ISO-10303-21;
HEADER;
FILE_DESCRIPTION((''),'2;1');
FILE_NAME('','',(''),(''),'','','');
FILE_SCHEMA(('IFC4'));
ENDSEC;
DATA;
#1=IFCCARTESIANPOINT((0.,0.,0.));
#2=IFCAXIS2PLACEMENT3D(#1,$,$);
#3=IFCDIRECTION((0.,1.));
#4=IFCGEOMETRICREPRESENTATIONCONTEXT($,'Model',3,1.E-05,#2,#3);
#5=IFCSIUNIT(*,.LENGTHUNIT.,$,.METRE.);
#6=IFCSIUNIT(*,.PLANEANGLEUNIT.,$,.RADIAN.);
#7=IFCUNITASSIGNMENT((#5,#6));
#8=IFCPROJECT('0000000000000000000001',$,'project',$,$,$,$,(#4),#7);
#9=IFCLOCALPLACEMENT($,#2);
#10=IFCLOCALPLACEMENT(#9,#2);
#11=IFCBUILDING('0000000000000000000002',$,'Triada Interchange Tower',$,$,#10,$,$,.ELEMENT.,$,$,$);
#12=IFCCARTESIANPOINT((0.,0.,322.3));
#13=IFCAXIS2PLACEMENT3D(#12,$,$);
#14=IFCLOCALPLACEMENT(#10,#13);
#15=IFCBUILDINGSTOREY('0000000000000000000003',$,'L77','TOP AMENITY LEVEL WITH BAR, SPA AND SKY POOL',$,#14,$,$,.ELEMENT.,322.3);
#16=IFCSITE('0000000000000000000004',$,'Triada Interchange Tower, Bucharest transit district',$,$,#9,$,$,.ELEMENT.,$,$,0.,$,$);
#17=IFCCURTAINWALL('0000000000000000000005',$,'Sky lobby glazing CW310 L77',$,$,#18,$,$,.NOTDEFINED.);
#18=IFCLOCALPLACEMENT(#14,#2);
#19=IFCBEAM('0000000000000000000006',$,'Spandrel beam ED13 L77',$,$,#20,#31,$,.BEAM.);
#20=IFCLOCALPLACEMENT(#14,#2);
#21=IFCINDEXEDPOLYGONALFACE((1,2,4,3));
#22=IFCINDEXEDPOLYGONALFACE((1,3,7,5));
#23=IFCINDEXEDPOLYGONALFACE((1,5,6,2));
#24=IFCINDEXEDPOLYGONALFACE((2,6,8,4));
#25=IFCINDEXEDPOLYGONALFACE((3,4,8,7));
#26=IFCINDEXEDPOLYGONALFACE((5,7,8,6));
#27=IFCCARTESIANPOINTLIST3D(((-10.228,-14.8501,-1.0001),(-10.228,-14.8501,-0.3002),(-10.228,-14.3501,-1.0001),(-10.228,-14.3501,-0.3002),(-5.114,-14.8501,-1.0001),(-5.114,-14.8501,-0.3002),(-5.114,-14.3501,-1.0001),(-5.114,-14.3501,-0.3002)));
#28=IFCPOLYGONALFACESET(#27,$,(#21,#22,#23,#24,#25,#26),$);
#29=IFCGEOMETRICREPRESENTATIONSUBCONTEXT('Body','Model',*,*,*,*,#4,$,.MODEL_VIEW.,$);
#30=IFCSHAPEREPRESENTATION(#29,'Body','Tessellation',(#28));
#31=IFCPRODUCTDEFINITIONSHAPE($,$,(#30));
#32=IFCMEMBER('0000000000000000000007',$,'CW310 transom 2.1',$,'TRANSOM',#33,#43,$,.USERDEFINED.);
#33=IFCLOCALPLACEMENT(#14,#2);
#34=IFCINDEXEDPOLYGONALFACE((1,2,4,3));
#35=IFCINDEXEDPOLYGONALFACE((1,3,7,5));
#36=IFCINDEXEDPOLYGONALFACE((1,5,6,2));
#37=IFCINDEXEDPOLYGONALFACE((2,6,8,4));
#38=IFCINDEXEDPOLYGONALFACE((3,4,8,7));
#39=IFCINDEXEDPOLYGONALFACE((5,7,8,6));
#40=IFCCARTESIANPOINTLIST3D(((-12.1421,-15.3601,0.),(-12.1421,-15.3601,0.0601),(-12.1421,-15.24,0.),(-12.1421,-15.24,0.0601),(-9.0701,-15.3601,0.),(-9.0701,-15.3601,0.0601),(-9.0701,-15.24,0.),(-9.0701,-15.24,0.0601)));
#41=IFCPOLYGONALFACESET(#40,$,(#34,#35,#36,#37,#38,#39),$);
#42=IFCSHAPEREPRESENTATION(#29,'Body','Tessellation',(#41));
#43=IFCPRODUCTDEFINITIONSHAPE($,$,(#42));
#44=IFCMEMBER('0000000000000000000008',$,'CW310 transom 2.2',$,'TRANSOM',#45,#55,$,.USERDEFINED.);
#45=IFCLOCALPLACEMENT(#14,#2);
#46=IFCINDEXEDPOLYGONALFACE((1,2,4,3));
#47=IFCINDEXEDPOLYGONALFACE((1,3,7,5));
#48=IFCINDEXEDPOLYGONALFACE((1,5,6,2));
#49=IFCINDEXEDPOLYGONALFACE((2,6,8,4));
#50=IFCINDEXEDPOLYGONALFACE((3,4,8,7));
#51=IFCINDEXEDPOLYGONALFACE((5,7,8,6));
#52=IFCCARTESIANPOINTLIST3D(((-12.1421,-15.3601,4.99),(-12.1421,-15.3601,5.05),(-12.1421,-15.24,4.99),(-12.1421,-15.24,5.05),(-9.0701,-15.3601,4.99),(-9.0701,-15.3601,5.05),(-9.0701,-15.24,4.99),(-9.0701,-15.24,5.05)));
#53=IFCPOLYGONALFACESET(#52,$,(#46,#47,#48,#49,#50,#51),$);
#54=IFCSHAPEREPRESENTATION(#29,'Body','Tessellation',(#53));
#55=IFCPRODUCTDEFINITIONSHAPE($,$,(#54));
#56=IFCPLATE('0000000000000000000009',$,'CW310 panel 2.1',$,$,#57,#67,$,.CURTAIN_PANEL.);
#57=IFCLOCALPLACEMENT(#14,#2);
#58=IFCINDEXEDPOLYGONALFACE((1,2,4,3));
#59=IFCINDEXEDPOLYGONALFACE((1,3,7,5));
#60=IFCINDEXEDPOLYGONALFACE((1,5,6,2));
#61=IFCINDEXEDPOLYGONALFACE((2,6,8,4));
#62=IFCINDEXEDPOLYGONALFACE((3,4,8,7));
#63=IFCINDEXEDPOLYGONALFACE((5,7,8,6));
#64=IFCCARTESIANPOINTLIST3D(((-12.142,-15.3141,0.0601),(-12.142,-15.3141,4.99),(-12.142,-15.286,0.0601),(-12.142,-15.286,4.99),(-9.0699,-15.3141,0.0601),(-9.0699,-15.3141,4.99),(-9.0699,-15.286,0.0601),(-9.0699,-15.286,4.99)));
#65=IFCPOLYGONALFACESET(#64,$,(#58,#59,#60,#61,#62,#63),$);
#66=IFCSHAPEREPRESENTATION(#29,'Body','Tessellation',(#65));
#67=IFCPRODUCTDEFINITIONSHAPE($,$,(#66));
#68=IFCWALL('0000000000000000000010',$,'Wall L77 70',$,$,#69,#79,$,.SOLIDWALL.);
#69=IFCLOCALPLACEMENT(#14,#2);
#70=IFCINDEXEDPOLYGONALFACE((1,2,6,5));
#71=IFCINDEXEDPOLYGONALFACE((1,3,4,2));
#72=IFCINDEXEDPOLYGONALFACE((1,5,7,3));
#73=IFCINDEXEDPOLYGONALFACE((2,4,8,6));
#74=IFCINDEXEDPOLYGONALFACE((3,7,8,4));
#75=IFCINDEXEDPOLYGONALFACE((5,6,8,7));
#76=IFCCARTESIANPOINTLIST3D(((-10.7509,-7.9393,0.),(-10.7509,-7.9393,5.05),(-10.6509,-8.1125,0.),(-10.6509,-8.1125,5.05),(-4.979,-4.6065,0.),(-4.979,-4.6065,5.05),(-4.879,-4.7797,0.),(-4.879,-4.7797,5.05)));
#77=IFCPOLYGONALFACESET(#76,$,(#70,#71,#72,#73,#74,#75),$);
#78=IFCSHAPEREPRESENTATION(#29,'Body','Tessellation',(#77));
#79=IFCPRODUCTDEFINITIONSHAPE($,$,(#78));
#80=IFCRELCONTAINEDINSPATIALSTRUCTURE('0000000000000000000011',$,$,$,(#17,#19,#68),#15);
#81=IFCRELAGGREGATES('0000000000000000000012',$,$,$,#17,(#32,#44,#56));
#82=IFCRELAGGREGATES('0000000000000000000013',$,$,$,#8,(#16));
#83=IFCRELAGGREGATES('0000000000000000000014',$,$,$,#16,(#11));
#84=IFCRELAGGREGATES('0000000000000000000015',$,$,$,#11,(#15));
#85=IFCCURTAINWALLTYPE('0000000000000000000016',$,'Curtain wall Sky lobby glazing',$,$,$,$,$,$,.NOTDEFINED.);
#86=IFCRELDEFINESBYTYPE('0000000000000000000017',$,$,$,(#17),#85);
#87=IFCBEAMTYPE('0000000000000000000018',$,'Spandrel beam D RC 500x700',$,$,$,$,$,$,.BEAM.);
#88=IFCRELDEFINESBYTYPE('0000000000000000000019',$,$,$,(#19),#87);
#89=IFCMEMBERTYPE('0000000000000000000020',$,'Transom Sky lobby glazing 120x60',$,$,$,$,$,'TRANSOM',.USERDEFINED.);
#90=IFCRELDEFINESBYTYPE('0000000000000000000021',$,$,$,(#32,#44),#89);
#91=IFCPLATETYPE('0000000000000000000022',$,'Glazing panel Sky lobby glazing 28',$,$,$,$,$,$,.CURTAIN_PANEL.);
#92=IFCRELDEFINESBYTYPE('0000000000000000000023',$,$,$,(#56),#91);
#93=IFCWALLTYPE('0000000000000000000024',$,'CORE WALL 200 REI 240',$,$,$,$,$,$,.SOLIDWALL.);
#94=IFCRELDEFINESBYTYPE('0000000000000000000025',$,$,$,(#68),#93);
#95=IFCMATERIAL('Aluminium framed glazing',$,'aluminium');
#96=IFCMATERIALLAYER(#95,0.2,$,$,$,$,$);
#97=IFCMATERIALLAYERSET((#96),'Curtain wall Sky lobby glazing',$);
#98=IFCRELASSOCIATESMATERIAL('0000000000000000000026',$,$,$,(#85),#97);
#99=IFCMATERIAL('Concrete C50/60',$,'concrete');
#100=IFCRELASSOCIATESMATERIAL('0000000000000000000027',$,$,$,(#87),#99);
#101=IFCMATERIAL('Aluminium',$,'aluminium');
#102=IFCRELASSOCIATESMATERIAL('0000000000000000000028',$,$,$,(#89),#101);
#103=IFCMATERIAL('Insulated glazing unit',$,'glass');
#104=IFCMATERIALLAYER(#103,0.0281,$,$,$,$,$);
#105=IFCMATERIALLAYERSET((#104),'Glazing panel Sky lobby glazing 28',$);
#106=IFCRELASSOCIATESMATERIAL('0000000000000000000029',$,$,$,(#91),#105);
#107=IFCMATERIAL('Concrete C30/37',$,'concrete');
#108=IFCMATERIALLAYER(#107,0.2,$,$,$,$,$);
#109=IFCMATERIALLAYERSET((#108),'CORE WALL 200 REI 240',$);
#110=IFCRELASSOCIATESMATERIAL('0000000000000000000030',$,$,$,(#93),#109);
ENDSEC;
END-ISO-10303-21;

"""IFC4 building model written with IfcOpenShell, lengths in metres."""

from ifc_helpers import new_model, si_unit, direction, frame, frame_2d, origin, origin_2d, place, context, subcontext, project, spatial, rectangle, extrude, material, layer, layer_set, material_profile, profile_set, type_object, element, aggregate, save


model = new_model("IFC4")

# Units and contexts
model_context = context("Model", 3, precision=1e-05, world=origin(), true_north=direction((0.0, 1.0)))
body_context = subcontext(model_context, "Body", "Model", "MODEL_VIEW")
ifc_project = project(units=[si_unit("LENGTHUNIT", "METRE"), si_unit("PLANEANGLEUNIT", "RADIAN")], contexts=[model_context])

# Site, building, storey
site_placement = place(None, origin())
site = spatial("IfcSite", under=ifc_project, at=site_placement, Name="Triada Interchange Tower, Bucharest transit district", CompositionType="ELEMENT", RefElevation=0.0)
building_placement = place(site_placement, origin())
building = spatial("IfcBuilding", under=site, at=building_placement, Name="Triada Interchange Tower", CompositionType="ELEMENT")
storey_placement = place(building_placement, frame((0.0, 0.0, 322.3)))
storey = spatial("IfcBuildingStorey", under=building, at=storey_placement, Name="L77", Description="TOP AMENITY LEVEL WITH BAR, SPA AND SKY POOL", CompositionType="ELEMENT", Elevation=322.3)

# Curtain wall
ifc_material_1 = material(Name="Aluminium framed glazing", Category="aluminium")
ifc_layer_1 = layer(ifc_material_1, 0.2)
ifc_layer_set_1 = layer_set([ifc_layer_1], Name="Curtain wall Sky lobby glazing")
curtain_wall_type = type_object("IfcCurtainWallType", Name="Curtain wall Sky lobby glazing", PredefinedType="NOTDEFINED", material=ifc_layer_set_1)
curtain_wall_placement = place(storey_placement, origin())
curtain_wall = element("IfcCurtainWall", 1, at=curtain_wall_placement, inside=storey, type_object=curtain_wall_type, Name="Sky lobby glazing CW310 L77", PredefinedType="NOTDEFINED")
ifc_material_2 = material(Name="Aluminium", Category="aluminium")

# Beam
ifc_material_3 = material(Name="Concrete C50/60", Category="concrete")
ifc_material_profile_1 = material_profile(ifc_material_3, rectangle(XDim=0.5, YDim=0.7, at=origin_2d()), Name="RC 500x700")
ifc_profile_set_1 = profile_set([ifc_material_profile_1], Name="Concrete C50/60")
beam_type_1 = type_object("IfcBeamType", Name="Spandrel beam D RC 500x700", PredefinedType="BEAM", material=ifc_profile_set_1)
beam_1_placement = place(storey_placement, frame((-10.228, -14.6001, -0.6501), z_axis=(1.0, 0.0, 0.0), x_axis=(0.0, 1.0, 0.0)))
element("IfcBeam", 2, at=beam_1_placement, inside=storey, type_object=beam_type_1, Name="Spandrel beam ED13 L77", PredefinedType="BEAM", context=body_context, shape_type="SweptSolid", body=[
    extrude(rectangle(XDim=0.5, YDim=0.7, at=origin_2d()), origin(), (0.0, 0.0, 1.0), 5.114),
])

# Members
ifc_material_profile_2 = material_profile(ifc_material_2, rectangle(XDim=0.1201, YDim=0.0601, at=origin_2d()), Name="Aluminium transom")
ifc_profile_set_2 = profile_set([ifc_material_profile_2], Name="Aluminium")
member_type_1 = type_object("IfcMemberType", Name="Transom Sky lobby glazing 120x60", ElementType="TRANSOM", PredefinedType="USERDEFINED", material=ifc_profile_set_2)
member_1_placement = place(storey_placement, frame((-12.1421, -15.3, 0.03), z_axis=(1.0, 0.0, 0.0), x_axis=(0.0, 1.0, 0.0)))
member_1 = element("IfcMember", 3, at=member_1_placement, type_object=member_type_1, Name="CW310 transom 2.1", ObjectType="TRANSOM", PredefinedType="USERDEFINED", context=body_context, shape_type="SweptSolid", body=[
    extrude(rectangle(XDim=0.1201, YDim=0.0601, at=origin_2d()), origin(), (0.0, 0.0, 1.0), 3.072),
])
member_2_placement = place(storey_placement, frame((-12.1421, -15.3, 5.02), z_axis=(1.0, 0.0, 0.0), x_axis=(0.0, 1.0, 0.0)))
member_2 = element("IfcMember", 4, at=member_2_placement, type_object=member_type_1, Name="CW310 transom 2.2", ObjectType="TRANSOM", PredefinedType="USERDEFINED", context=body_context, shape_type="SweptSolid", body=[
    extrude(rectangle(XDim=0.1201, YDim=0.0601, at=origin_2d()), origin(), (0.0, 0.0, 1.0), 3.072),
])

# Plate
ifc_material_4 = material(Name="Insulated glazing unit", Category="glass")
ifc_layer_2 = layer(ifc_material_4, 0.0281)
ifc_layer_set_2 = layer_set([ifc_layer_2], Name="Glazing panel Sky lobby glazing 28")
plate_type = type_object("IfcPlateType", Name="Glazing panel Sky lobby glazing 28", PredefinedType="CURTAIN_PANEL", material=ifc_layer_set_2)
plate_placement = place(storey_placement, frame((-10.606, -15.3, 0.0601), z_axis=(0.0, 0.0, 1.0), x_axis=(1.0, 0.0, 0.0)))
plate = element("IfcPlate", 5, at=plate_placement, type_object=plate_type, Name="CW310 panel 2.1", PredefinedType="CURTAIN_PANEL", context=body_context, shape_type="SweptSolid", body=[
    extrude(rectangle(XDim=3.072, YDim=0.0281, at=origin_2d()), origin(), (0.0, 0.0, 1.0), 4.9299),
])
aggregate(curtain_wall, [member_1, member_2, plate])

# Wall
ifc_material_5 = material(Name="Concrete C30/37", Category="concrete")
ifc_layer_3 = layer(ifc_material_5, 0.2)
ifc_layer_set_3 = layer_set([ifc_layer_3], Name="CORE WALL 200 REI 240")
wall_type_1 = type_object("IfcWallType", Name="CORE WALL 200 REI 240", PredefinedType="SOLIDWALL", material=ifc_layer_set_3)
wall_1_placement = place(storey_placement, frame((-10.7009, -8.0259, 0.0), z_axis=(0.0, 0.0, 1.0), x_axis=(0.866005, 0.500035, 0.0)))
element("IfcWall", 6, at=wall_1_placement, inside=storey, type_object=wall_type_1, Name="Wall L77 70", PredefinedType="SOLIDWALL", context=body_context, shape_type="SweptSolid", body=[
    extrude(rectangle(XDim=6.665, YDim=0.2, at=frame_2d((3.3325, 0.0))), origin(), (0.0, 0.0, 1.0), 5.05),
])

save(model, "model.ifc")
